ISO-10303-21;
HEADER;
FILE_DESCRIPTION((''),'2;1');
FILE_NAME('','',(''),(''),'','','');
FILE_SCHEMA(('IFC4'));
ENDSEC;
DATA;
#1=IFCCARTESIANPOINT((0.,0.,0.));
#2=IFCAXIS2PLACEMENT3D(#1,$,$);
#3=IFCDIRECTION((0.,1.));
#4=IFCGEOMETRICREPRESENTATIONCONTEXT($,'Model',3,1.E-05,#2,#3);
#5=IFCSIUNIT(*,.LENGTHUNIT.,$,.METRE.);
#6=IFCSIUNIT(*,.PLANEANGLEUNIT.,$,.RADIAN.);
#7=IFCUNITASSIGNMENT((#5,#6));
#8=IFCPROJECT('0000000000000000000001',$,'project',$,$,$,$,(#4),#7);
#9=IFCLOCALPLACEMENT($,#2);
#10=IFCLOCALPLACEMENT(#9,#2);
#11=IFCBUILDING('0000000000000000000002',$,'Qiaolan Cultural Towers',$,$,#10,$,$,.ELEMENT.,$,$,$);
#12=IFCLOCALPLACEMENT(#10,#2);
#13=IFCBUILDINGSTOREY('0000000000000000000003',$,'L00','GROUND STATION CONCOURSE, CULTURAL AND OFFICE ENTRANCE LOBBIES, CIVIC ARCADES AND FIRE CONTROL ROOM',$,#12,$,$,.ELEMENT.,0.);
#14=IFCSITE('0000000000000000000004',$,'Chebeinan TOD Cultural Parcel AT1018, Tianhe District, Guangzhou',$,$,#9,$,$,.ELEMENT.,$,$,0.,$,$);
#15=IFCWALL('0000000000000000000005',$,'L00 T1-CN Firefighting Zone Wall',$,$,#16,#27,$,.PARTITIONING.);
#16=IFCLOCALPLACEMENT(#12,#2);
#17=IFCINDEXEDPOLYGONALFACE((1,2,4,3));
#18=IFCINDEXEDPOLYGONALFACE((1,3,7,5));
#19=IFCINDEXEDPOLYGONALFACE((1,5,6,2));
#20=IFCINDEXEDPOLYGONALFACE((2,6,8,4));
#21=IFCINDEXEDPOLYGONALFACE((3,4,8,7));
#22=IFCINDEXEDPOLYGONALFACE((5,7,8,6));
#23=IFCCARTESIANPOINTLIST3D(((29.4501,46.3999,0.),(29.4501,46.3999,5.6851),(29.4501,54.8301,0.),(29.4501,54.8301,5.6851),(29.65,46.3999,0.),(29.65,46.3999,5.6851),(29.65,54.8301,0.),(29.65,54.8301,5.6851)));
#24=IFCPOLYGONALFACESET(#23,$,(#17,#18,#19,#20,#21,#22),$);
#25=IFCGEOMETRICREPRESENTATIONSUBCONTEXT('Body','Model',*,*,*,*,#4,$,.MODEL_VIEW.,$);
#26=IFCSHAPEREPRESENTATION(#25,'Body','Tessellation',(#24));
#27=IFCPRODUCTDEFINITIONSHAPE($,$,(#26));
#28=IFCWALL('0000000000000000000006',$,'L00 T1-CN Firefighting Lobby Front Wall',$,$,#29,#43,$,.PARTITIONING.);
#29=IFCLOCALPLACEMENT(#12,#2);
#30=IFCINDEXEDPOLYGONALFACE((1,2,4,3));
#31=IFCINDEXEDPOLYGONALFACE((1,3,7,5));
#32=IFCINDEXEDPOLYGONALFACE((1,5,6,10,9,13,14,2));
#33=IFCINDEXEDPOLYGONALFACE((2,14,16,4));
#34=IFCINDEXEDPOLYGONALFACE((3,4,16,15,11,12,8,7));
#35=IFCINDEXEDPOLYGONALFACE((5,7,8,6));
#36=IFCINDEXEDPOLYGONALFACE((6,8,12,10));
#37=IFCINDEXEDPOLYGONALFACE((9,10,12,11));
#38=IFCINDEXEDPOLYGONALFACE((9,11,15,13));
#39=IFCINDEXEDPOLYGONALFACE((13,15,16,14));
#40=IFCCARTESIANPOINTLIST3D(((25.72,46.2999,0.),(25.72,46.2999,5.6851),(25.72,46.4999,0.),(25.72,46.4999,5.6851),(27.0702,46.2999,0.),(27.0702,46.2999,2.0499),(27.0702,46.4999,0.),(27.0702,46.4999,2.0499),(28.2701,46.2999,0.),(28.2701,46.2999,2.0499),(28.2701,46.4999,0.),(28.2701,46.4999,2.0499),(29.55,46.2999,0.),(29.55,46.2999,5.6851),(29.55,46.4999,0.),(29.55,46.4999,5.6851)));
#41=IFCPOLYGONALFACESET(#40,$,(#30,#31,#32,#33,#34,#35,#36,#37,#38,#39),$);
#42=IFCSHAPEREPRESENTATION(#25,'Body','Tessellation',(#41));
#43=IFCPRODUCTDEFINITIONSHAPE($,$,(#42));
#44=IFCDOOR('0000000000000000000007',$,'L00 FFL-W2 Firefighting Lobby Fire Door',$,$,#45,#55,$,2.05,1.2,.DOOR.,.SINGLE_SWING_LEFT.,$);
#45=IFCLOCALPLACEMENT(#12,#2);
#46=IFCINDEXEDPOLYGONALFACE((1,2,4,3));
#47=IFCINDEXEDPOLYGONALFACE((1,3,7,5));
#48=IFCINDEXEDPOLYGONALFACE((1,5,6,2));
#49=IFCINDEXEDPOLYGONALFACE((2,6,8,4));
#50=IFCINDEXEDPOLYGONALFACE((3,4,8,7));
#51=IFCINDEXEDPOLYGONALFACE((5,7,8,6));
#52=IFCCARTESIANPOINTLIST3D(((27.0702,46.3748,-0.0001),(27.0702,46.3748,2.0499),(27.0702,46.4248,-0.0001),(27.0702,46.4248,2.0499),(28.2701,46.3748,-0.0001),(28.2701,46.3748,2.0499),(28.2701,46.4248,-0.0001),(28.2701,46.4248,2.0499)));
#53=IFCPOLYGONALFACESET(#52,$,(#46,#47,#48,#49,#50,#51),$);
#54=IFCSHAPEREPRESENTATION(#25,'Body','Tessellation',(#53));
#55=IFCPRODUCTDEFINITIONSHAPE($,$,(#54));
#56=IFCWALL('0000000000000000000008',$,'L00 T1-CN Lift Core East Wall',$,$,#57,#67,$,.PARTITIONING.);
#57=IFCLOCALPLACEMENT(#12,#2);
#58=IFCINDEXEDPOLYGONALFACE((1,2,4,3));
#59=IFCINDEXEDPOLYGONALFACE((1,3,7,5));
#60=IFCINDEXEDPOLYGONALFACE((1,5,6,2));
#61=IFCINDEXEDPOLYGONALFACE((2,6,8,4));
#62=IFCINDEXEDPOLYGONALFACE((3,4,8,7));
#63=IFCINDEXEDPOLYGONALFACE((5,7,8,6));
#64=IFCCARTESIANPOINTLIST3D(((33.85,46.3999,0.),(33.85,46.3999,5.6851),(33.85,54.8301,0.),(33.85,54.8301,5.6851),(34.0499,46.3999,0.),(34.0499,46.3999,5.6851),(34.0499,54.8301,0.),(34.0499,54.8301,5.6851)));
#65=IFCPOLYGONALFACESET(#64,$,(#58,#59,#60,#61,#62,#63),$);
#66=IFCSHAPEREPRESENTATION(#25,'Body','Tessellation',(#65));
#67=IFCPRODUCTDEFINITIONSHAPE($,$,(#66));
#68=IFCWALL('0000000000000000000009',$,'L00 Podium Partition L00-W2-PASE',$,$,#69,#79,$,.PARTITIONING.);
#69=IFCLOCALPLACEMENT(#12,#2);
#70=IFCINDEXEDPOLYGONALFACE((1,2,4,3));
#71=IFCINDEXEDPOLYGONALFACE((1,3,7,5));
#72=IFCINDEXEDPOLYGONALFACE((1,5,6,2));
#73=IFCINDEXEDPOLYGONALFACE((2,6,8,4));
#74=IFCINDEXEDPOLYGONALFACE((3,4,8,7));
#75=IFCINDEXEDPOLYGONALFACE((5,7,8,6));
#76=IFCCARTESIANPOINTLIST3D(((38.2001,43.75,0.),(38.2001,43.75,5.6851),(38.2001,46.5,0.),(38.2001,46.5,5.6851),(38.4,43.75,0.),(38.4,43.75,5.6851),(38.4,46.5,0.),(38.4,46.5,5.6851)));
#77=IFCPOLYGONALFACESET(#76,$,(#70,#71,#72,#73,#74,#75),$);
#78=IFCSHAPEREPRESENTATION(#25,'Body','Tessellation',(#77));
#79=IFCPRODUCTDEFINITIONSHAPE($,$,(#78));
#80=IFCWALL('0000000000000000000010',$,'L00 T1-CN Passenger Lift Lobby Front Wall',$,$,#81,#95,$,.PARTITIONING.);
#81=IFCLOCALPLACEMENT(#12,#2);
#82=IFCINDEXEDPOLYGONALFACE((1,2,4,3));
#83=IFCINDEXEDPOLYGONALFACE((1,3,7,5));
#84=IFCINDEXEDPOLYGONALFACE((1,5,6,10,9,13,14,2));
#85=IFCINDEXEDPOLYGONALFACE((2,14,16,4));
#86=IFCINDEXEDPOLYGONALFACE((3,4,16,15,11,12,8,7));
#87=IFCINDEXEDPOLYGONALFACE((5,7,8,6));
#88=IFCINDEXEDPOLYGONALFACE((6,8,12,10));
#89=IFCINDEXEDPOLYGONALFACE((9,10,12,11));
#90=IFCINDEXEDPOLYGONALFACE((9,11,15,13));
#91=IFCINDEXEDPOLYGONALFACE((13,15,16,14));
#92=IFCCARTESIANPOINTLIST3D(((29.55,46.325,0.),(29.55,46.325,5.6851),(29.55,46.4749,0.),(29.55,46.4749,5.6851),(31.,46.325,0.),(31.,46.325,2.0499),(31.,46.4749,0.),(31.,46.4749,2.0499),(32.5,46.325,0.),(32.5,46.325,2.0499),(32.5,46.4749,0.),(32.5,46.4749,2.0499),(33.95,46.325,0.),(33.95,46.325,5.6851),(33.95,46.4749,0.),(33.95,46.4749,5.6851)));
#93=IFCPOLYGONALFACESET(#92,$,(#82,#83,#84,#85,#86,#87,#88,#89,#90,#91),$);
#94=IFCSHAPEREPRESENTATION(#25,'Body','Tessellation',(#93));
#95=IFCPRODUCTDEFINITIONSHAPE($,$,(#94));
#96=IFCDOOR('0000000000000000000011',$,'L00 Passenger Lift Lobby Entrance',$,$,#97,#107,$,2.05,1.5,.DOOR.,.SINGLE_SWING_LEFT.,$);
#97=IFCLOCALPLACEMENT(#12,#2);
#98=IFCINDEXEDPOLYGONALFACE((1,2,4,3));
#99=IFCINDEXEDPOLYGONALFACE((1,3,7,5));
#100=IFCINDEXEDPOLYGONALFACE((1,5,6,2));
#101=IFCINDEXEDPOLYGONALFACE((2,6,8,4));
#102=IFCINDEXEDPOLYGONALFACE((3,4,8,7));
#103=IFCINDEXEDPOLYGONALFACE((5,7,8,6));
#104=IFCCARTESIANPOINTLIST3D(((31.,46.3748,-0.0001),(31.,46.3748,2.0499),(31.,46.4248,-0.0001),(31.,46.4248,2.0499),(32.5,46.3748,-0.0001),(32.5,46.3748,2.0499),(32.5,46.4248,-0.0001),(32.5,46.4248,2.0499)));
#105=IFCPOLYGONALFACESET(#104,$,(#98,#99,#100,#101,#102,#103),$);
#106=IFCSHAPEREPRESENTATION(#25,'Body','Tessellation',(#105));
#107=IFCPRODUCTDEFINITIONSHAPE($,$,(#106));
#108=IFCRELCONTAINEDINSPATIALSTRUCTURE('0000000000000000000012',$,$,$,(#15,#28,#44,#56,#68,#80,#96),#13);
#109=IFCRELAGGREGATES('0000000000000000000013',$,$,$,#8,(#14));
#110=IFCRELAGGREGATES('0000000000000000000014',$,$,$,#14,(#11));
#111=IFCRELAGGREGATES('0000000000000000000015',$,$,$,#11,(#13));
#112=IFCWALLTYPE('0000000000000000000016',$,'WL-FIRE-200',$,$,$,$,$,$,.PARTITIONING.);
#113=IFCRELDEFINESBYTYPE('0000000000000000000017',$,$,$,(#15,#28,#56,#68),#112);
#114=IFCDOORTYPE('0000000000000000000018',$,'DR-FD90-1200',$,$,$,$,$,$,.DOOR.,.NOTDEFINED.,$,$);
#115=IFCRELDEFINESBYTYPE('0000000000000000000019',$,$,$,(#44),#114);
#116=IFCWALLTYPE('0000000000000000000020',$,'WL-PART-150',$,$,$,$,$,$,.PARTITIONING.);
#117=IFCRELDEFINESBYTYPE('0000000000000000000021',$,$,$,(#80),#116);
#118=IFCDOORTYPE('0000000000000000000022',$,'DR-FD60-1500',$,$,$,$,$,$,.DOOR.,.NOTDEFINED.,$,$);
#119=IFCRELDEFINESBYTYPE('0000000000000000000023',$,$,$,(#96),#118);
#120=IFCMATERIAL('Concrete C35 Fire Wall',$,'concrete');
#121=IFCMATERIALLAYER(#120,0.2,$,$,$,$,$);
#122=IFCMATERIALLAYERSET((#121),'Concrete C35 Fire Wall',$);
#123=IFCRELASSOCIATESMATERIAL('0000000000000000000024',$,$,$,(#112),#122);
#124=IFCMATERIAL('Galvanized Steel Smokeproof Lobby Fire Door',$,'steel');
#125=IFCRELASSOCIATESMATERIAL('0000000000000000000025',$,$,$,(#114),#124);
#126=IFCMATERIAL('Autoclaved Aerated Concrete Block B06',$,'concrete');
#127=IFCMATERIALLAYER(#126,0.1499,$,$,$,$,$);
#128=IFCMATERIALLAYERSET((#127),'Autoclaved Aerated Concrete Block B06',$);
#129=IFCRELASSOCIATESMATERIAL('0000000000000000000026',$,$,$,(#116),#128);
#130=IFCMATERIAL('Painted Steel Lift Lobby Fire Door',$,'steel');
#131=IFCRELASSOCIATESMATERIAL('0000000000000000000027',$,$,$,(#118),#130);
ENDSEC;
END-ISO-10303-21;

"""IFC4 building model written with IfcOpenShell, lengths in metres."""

from ifc_helpers import new_model, si_unit, direction, frame, frame_2d, origin, place, context, subcontext, project, spatial, rectangle, extrude, material, layer, layer_set, type_object, element, fill, save


model = new_model("IFC4")

# Units and contexts
model_context = context("Model", 3, precision=1e-05, world=origin(), true_north=direction((0.0, 1.0)))
body_context = subcontext(model_context, "Body", "Model", "MODEL_VIEW")
ifc_project = project(units=[si_unit("LENGTHUNIT", "METRE"), si_unit("PLANEANGLEUNIT", "RADIAN")], contexts=[model_context])

# Site, building, storey
site_placement = place(None, origin())
site = spatial("IfcSite", under=ifc_project, at=site_placement, Name="Chebeinan TOD Cultural Parcel AT1018, Tianhe District, Guangzhou", CompositionType="ELEMENT", RefElevation=0.0)
building_placement = place(site_placement, origin())
building = spatial("IfcBuilding", under=site, at=building_placement, Name="Qiaolan Cultural Towers", CompositionType="ELEMENT")
storey_placement = place(building_placement, origin())
storey = spatial("IfcBuildingStorey", under=building, at=storey_placement, Name="L00", Description="GROUND STATION CONCOURSE, CULTURAL AND OFFICE ENTRANCE LOBBIES, CIVIC ARCADES AND FIRE CONTROL ROOM", CompositionType="ELEMENT", Elevation=0.0)

# Shared definitions
ifc_material_1 = material(Name="Concrete C35 Fire Wall", Category="concrete")
ifc_layer_1 = layer(ifc_material_1, 0.2)
ifc_layer_set_1 = layer_set([ifc_layer_1], Name="Concrete C35 Fire Wall")
wall_type_1 = type_object("IfcWallType", Name="WL-FIRE-200", PredefinedType="PARTITIONING", material=ifc_layer_set_1)

# Wall
wall_1_placement = place(storey_placement, frame((29.55, 46.3999, 0.0), z_axis=(0.0, 0.0, 1.0), x_axis=(0.0, 1.0, 0.0)))
element("IfcWall", 1, at=wall_1_placement, inside=storey, type_object=wall_type_1, Name="L00 T1-CN Firefighting Zone Wall", PredefinedType="PARTITIONING", context=body_context, shape_type="SweptSolid", body=[
    extrude(rectangle(XDim=8.4302, YDim=0.2, at=frame_2d((4.2151, 0.0))), origin(), (0.0, 0.0, 1.0), 5.6851),
])

# Wall, opening, door
wall_2_placement = place(storey_placement, frame((25.72, 46.3999, 0.0), z_axis=(0.0, 0.0, 1.0), x_axis=(1.0, 0.0, 0.0)))
wall_2 = element("IfcWall", 2, at=wall_2_placement, inside=storey, type_object=wall_type_1, Name="L00 T1-CN Firefighting Lobby Front Wall", PredefinedType="PARTITIONING", context=body_context, shape_type="SweptSolid", body=[
    extrude(rectangle(XDim=3.8301, YDim=0.2, at=frame_2d((1.915, 0.0))), origin(), (0.0, 0.0, 1.0), 5.6851),
])
opening_1_placement = place(wall_2_placement, frame((1.3501, 0.0, 0.0)))
opening_1 = element("IfcOpeningElement", 3, at=opening_1_placement, cuts=wall_2, PredefinedType="OPENING", context=body_context, shape_type="SweptSolid", body=[
    extrude(rectangle(XDim=1.2, YDim=2.05, at=frame_2d((0.6001, 1.0249))), frame((0.0, 0.1099, 0.0), z_axis=(0.0, -1.0, 0.0), x_axis=(1.0, 0.0, 0.0)), (0.0, 0.0, 1.0), 0.22),
])
ifc_material_2 = material(Name="Galvanized Steel Smokeproof Lobby Fire Door", Category="steel")
door_type_1 = type_object("IfcDoorType", Name="DR-FD90-1200", OperationType="NOTDEFINED", PredefinedType="DOOR", material=ifc_material_2)
door_1_placement = place(opening_1_placement, origin())
door_1 = element("IfcDoor", 4, at=door_1_placement, inside=storey, type_object=door_type_1, Name="L00 FFL-W2 Firefighting Lobby Fire Door", OperationType="SINGLE_SWING_LEFT", OverallHeight=2.05, OverallWidth=1.2, PredefinedType="DOOR", context=body_context, shape_type="SweptSolid", body=[
    extrude(rectangle(XDim=1.2, YDim=2.05, at=frame_2d((0.6001, 1.0249))), frame((0.0, 0.0249, 0.0), z_axis=(0.0, -1.0, 0.0), x_axis=(1.0, 0.0, 0.0)), (0.0, 0.0, 1.0), 0.05),
])
fill(opening_1, door_1)

# Walls
wall_3_placement = place(storey_placement, frame((33.95, 46.3999, 0.0), z_axis=(0.0, 0.0, 1.0), x_axis=(0.0, 1.0, 0.0)))
element("IfcWall", 5, at=wall_3_placement, inside=storey, type_object=wall_type_1, Name="L00 T1-CN Lift Core East Wall", PredefinedType="PARTITIONING", context=body_context, shape_type="SweptSolid", body=[
    extrude(rectangle(XDim=8.4302, YDim=0.2, at=frame_2d((4.2151, 0.0))), origin(), (0.0, 0.0, 1.0), 5.6851),
])
wall_4_placement = place(storey_placement, frame((38.3, 43.75, 0.0), z_axis=(0.0, 0.0, 1.0), x_axis=(0.0, 1.0, 0.0)))
element("IfcWall", 6, at=wall_4_placement, inside=storey, type_object=wall_type_1, Name="L00 Podium Partition L00-W2-PASE", PredefinedType="PARTITIONING", context=body_context, shape_type="SweptSolid", body=[
    extrude(rectangle(XDim=2.75, YDim=0.2, at=frame_2d((1.375, 0.0))), origin(), (0.0, 0.0, 1.0), 5.6851),
])

# Wall, opening, door
ifc_material_3 = material(Name="Autoclaved Aerated Concrete Block B06", Category="concrete")
ifc_layer_2 = layer(ifc_material_3, 0.1499)
ifc_layer_set_2 = layer_set([ifc_layer_2], Name="Autoclaved Aerated Concrete Block B06")
wall_type_2 = type_object("IfcWallType", Name="WL-PART-150", PredefinedType="PARTITIONING", material=ifc_layer_set_2)
wall_5_placement = place(storey_placement, frame((29.55, 46.3999, 0.0), z_axis=(0.0, 0.0, 1.0), x_axis=(1.0, 0.0, 0.0)))
wall_5 = element("IfcWall", 7, at=wall_5_placement, inside=storey, type_object=wall_type_2, Name="L00 T1-CN Passenger Lift Lobby Front Wall", PredefinedType="PARTITIONING", context=body_context, shape_type="SweptSolid", body=[
    extrude(rectangle(XDim=4.3999, YDim=0.1499, at=frame_2d((2.2, 0.0))), origin(), (0.0, 0.0, 1.0), 5.6851),
])
opening_2_placement = place(wall_5_placement, frame((1.45, 0.0, 0.0)))
opening_2 = element("IfcOpeningElement", 8, at=opening_2_placement, cuts=wall_5, PredefinedType="OPENING", context=body_context, shape_type="SweptSolid", body=[
    extrude(rectangle(XDim=1.5, YDim=2.05, at=frame_2d((0.75, 1.0249))), frame((0.0, 0.085, 0.0), z_axis=(0.0, -1.0, 0.0), x_axis=(1.0, 0.0, 0.0)), (0.0, 0.0, 1.0), 0.1699),
])
ifc_material_4 = material(Name="Painted Steel Lift Lobby Fire Door", Category="steel")
door_type_2 = type_object("IfcDoorType", Name="DR-FD60-1500", OperationType="NOTDEFINED", PredefinedType="DOOR", material=ifc_material_4)
door_2_placement = place(opening_2_placement, origin())
door_2 = element("IfcDoor", 9, at=door_2_placement, inside=storey, type_object=door_type_2, Name="L00 Passenger Lift Lobby Entrance", OperationType="SINGLE_SWING_LEFT", OverallHeight=2.05, OverallWidth=1.5, PredefinedType="DOOR", context=body_context, shape_type="SweptSolid", body=[
    extrude(rectangle(XDim=1.5, YDim=2.05, at=frame_2d((0.75, 1.0249))), frame((0.0, 0.0249, 0.0), z_axis=(0.0, -1.0, 0.0), x_axis=(1.0, 0.0, 0.0)), (0.0, 0.0, 1.0), 0.05),
])
fill(opening_2, door_2)

save(model, "model.ifc")
